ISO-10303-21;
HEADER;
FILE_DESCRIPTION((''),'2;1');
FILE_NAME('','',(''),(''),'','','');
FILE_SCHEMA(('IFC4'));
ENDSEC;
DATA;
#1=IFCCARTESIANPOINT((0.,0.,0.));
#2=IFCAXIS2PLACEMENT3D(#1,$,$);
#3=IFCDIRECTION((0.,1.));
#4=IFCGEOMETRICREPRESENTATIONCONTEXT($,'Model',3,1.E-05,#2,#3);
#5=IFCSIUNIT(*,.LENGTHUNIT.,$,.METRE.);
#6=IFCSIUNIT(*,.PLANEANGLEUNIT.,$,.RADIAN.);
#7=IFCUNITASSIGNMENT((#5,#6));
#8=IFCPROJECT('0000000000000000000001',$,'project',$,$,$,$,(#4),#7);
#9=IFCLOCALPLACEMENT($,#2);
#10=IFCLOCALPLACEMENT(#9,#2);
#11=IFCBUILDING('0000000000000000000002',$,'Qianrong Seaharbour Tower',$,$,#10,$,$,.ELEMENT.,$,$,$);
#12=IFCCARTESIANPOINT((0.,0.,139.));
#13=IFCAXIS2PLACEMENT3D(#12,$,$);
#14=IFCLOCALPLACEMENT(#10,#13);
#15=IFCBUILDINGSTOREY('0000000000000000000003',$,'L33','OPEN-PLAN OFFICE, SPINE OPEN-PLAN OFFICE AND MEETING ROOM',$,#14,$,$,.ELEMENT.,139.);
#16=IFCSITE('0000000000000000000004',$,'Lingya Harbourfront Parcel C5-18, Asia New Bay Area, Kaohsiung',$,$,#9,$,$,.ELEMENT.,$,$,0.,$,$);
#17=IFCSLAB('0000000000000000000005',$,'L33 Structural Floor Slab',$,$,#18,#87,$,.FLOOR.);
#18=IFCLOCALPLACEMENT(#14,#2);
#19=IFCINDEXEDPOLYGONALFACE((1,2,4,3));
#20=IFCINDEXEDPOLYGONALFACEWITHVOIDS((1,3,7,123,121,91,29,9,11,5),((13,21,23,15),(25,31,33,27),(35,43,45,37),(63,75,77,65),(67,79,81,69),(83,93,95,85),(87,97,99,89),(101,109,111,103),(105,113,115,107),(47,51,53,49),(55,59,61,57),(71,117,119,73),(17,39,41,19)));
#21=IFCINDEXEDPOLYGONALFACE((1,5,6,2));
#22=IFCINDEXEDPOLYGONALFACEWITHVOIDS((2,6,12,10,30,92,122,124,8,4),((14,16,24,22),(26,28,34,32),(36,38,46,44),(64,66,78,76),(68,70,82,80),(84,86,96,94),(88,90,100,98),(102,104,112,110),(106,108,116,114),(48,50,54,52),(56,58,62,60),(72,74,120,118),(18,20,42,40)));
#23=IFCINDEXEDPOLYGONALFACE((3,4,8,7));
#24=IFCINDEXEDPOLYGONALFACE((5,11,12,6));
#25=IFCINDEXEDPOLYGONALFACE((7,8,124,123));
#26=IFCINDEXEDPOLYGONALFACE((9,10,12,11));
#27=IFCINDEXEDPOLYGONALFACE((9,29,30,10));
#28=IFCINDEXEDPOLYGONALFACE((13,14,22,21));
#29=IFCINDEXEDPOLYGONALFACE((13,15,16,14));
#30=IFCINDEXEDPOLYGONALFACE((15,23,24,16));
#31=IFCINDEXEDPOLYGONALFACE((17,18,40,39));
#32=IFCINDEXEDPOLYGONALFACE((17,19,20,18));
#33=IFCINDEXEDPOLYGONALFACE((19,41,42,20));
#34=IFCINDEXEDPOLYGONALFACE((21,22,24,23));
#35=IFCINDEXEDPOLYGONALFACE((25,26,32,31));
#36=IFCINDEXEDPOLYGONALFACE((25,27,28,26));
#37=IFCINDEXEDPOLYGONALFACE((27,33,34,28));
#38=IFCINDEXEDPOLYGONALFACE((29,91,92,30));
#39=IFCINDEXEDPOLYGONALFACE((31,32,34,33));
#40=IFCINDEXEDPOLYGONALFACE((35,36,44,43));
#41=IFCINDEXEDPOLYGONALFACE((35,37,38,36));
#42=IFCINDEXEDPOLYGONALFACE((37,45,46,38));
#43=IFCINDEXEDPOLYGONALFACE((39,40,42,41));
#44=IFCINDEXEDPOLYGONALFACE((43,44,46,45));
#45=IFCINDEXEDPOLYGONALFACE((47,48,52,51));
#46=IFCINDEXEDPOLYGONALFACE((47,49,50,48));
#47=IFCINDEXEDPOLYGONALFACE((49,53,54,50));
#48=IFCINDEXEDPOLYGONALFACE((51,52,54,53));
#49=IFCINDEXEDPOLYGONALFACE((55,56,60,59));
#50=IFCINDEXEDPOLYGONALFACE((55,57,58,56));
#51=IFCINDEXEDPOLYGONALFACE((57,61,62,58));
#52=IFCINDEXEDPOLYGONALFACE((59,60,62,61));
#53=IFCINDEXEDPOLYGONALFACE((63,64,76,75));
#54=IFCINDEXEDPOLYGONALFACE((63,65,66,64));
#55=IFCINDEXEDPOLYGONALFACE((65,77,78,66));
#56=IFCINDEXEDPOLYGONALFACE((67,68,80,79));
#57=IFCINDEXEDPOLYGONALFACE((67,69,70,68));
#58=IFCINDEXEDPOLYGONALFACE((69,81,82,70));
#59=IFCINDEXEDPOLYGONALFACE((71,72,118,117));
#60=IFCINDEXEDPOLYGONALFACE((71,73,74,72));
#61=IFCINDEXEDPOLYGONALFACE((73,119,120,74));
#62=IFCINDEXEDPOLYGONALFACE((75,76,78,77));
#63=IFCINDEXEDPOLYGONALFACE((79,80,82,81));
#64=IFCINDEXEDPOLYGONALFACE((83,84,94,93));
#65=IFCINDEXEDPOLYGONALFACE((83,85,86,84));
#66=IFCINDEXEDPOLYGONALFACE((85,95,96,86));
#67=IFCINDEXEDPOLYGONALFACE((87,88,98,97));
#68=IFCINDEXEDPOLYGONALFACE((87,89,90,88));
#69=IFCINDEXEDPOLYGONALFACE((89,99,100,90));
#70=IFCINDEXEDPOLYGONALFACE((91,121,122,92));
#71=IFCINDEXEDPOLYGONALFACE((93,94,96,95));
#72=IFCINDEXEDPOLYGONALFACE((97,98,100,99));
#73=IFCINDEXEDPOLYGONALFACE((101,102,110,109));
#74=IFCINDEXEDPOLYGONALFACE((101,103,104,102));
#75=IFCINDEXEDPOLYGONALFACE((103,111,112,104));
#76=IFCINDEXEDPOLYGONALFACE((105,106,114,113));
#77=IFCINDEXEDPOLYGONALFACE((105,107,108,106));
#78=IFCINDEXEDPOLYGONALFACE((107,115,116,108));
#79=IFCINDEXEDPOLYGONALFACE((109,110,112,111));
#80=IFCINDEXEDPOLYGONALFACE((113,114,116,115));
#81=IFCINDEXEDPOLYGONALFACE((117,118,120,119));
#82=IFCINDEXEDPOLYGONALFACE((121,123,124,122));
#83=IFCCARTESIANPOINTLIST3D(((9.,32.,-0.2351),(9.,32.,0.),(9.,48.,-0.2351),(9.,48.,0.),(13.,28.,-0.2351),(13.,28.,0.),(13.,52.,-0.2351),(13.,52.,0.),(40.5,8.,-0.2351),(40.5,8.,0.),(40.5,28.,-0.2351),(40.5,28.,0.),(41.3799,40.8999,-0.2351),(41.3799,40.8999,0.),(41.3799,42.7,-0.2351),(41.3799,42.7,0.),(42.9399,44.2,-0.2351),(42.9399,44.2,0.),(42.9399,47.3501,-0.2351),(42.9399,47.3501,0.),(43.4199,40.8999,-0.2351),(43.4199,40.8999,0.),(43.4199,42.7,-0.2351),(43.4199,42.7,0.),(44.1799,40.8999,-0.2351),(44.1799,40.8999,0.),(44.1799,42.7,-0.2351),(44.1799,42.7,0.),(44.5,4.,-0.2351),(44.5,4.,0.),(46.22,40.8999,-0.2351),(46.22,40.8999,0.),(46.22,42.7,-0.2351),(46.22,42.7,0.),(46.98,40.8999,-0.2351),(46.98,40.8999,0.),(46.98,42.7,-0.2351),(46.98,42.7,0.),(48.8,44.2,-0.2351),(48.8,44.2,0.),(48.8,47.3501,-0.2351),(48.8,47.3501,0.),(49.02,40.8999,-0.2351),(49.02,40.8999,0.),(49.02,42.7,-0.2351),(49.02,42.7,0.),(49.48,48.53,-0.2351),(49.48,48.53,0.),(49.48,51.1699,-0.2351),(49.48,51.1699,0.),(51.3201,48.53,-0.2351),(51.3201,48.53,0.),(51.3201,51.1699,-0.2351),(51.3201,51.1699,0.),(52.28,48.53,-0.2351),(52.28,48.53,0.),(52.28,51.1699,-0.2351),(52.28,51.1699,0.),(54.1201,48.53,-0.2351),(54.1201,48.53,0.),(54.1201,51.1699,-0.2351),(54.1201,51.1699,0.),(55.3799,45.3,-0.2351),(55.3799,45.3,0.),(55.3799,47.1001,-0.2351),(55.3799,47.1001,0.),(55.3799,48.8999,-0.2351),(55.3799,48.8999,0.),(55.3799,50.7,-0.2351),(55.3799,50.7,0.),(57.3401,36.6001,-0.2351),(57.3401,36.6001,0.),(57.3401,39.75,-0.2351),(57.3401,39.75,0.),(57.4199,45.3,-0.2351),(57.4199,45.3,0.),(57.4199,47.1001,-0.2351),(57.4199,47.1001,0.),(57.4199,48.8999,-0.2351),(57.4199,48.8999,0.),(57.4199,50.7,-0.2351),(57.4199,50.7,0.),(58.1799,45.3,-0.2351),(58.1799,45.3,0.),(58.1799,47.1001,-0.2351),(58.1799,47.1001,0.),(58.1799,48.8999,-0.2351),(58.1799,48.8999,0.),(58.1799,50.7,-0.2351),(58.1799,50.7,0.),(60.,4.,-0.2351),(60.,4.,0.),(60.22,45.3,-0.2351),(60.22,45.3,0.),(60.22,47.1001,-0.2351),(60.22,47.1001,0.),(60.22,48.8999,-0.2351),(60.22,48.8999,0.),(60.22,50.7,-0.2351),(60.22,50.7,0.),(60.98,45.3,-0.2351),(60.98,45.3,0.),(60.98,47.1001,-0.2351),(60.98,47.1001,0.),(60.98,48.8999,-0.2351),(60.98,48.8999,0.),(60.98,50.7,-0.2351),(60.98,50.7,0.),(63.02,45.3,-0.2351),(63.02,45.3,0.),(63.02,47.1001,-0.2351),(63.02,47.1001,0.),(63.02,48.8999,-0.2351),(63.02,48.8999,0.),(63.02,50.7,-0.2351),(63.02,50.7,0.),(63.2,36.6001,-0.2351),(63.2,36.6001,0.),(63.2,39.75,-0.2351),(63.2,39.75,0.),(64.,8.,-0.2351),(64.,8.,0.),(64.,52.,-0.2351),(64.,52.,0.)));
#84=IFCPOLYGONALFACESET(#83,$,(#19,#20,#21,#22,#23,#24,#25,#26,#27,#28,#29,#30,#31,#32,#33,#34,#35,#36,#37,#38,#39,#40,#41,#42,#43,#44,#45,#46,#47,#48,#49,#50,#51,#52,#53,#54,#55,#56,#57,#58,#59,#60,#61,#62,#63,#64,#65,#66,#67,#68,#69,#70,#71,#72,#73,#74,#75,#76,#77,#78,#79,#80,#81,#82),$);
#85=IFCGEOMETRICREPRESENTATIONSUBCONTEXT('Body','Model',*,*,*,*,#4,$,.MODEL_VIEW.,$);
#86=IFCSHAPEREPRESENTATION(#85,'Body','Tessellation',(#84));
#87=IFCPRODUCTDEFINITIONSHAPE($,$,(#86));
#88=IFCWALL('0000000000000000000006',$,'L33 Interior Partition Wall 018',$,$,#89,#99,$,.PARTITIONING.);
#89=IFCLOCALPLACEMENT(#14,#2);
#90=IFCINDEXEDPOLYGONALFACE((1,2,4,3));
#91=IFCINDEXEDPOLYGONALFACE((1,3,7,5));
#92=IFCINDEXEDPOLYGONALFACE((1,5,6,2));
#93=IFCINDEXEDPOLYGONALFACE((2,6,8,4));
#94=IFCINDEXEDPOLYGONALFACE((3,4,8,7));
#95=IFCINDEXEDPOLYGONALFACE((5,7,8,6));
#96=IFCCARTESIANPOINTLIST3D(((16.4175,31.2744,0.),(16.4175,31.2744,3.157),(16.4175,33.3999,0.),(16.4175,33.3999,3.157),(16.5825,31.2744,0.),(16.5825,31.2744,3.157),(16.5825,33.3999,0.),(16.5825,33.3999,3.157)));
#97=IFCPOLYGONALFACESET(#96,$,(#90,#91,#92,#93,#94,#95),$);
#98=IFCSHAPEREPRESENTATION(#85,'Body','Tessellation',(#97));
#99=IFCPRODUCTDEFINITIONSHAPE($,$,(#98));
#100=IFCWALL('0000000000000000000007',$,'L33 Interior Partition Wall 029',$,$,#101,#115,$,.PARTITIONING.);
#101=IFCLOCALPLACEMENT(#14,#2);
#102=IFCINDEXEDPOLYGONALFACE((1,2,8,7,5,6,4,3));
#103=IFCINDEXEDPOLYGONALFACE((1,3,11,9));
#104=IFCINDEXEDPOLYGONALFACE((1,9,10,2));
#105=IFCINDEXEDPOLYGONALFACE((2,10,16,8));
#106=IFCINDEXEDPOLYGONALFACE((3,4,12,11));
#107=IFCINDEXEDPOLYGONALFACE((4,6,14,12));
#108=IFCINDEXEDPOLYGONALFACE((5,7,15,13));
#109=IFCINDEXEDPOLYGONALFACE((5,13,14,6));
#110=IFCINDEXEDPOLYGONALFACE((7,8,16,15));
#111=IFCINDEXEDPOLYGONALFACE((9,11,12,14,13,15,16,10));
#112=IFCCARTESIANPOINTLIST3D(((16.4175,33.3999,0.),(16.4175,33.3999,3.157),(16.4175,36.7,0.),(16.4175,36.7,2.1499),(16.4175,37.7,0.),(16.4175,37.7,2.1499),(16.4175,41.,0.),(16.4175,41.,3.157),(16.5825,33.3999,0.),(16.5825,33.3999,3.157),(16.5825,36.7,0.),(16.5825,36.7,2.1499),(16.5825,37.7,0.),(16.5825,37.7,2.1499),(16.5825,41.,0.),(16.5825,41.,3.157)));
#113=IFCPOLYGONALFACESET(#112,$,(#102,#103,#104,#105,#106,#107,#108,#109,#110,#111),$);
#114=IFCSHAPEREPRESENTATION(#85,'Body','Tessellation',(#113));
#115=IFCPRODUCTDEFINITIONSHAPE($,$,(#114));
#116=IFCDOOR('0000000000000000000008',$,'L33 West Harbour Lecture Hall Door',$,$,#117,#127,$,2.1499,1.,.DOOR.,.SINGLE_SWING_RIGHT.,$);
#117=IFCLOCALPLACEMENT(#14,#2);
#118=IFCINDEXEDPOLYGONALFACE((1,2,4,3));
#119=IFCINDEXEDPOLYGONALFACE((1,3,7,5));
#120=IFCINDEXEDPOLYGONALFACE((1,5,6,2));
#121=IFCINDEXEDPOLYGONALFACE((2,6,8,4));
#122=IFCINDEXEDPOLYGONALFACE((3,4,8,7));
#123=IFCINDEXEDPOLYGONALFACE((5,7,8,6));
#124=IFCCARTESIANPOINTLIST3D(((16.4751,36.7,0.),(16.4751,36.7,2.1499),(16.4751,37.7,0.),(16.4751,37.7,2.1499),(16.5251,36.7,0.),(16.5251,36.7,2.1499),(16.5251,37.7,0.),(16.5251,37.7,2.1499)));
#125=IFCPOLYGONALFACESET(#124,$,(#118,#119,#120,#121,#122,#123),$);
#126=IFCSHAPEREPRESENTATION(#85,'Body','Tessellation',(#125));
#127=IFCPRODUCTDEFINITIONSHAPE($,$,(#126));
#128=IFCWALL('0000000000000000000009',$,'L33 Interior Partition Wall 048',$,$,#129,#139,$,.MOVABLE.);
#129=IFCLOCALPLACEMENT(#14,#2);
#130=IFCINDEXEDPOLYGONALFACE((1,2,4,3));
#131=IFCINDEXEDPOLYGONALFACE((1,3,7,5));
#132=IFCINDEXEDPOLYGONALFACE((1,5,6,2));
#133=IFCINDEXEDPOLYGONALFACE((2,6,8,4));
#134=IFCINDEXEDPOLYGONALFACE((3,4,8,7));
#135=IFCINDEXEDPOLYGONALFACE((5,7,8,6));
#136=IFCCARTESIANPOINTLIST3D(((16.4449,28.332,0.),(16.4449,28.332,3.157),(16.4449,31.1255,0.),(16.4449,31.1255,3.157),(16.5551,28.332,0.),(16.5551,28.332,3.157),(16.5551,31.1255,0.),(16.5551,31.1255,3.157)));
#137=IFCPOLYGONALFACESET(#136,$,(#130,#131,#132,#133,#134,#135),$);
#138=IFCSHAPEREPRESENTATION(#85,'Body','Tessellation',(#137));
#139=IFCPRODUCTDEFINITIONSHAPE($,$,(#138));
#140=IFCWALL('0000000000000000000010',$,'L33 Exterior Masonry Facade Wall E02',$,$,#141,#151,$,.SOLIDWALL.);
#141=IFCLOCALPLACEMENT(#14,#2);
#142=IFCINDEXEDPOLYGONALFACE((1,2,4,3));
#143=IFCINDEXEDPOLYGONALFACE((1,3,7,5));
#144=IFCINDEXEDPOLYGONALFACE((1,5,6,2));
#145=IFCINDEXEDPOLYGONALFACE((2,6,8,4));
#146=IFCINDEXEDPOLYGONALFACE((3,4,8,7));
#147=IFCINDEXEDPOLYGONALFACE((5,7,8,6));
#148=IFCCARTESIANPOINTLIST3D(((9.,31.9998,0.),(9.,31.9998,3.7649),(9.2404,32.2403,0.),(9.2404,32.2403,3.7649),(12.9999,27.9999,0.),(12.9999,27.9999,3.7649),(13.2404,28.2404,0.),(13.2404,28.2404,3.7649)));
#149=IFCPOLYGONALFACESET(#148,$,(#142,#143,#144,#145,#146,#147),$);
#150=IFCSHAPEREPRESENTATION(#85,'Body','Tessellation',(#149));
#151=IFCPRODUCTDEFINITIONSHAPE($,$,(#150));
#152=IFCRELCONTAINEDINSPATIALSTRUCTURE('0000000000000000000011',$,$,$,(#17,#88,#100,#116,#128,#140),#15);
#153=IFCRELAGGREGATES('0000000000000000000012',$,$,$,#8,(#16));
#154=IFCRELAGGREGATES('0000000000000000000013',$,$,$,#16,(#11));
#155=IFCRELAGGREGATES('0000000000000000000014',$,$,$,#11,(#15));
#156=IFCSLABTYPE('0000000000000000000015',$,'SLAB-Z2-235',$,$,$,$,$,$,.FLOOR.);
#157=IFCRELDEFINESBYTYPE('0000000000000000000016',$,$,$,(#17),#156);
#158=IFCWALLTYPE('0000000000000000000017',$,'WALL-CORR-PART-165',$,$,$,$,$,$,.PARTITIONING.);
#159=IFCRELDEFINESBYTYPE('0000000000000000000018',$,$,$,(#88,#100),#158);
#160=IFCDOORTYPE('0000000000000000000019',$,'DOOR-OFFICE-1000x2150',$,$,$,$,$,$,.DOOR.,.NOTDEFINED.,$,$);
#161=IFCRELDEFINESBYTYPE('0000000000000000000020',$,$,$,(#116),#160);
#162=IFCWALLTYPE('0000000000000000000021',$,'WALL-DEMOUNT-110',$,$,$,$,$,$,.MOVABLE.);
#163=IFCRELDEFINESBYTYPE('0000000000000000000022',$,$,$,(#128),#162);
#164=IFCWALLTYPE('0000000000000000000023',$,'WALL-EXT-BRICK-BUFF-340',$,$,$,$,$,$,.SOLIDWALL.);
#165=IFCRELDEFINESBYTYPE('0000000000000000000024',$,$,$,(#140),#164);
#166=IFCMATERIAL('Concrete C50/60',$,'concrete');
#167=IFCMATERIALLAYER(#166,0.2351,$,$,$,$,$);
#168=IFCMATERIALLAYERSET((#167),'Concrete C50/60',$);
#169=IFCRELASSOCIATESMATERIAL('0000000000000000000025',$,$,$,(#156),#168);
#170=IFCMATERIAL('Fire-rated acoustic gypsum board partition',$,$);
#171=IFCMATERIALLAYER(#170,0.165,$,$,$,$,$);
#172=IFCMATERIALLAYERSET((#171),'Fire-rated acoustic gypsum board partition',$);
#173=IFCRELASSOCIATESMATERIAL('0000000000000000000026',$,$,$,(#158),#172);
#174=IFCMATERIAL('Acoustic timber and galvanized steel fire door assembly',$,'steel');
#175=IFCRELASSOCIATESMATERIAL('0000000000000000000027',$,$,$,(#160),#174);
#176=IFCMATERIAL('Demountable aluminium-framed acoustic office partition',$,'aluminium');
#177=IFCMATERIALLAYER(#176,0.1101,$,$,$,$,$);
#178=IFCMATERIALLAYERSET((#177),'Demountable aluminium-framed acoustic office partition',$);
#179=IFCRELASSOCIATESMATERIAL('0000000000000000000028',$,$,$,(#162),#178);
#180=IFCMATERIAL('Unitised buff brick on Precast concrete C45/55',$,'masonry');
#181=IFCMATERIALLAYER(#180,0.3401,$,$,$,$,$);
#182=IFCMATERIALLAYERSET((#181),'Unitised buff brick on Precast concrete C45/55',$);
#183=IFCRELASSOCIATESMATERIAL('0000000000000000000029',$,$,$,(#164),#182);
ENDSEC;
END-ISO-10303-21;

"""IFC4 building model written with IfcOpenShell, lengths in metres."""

from ifc_helpers import new_model, si_unit, direction, frame, frame_2d, origin, place, context, subcontext, project, spatial, polyline, rectangle, outline, extrude, material, layer, layer_set, type_object, element, fill, save


model = new_model("IFC4")

# Units and contexts
model_context = context("Model", 3, precision=1e-05, world=origin(), true_north=direction((0.0, 1.0)))
body_context = subcontext(model_context, "Body", "Model", "MODEL_VIEW")
ifc_project = project(units=[si_unit("LENGTHUNIT", "METRE"), si_unit("PLANEANGLEUNIT", "RADIAN")], contexts=[model_context])

# Site, building, storey
site_placement = place(None, origin())
site = spatial("IfcSite", under=ifc_project, at=site_placement, Name="Lingya Harbourfront Parcel C5-18, Asia New Bay Area, Kaohsiung", CompositionType="ELEMENT", RefElevation=0.0)
building_placement = place(site_placement, origin())
building = spatial("IfcBuilding", under=site, at=building_placement, Name="Qianrong Seaharbour Tower", CompositionType="ELEMENT")
storey_placement = place(building_placement, frame((0.0, 0.0, 139.0)))
storey = spatial("IfcBuildingStorey", under=building, at=storey_placement, Name="L33", Description="OPEN-PLAN OFFICE, SPINE OPEN-PLAN OFFICE AND MEETING ROOM", CompositionType="ELEMENT", Elevation=139.0)

# Shared definitions
ifc_material_1 = material(Name="Concrete C50/60", Category="concrete")

# Slab
ifc_layer_1 = layer(ifc_material_1, 0.2351)
ifc_layer_set_1 = layer_set([ifc_layer_1], Name="Concrete C50/60")
slab_type_1 = type_object("IfcSlabType", Name="SLAB-Z2-235", PredefinedType="FLOOR", material=ifc_layer_set_1)
slab_1_placement = place(storey_placement, frame((0.0, 0.0, -0.2351)))
element("IfcSlab", 1, at=slab_1_placement, inside=storey, type_object=slab_type_1, Name="L33 Structural Floor Slab", PredefinedType="FLOOR", context=body_context, shape_type="SweptSolid", body=[
    extrude(outline(polyline([(44.5, 4.0), (60.0, 4.0), (64.0, 8.0), (64.0, 52.0), (13.0, 52.0), (9.0, 48.0), (9.0, 32.0), (13.0, 28.0), (40.5, 28.0), (40.5, 8.0), (44.5, 4.0)]), holes=[polyline([(42.9399, 44.2), (42.9399, 47.3501), (48.8, 47.3501), (48.8, 44.2), (42.9399, 44.2)]), polyline([(57.3401, 36.6001), (57.3401, 39.75), (63.2, 39.75), (63.2, 36.6001), (57.3401, 36.6001)]), polyline([(49.48, 48.53), (49.48, 51.1699), (51.3201, 51.1699), (51.3201, 48.53), (49.48, 48.53)]), polyline([(52.28, 48.53), (52.28, 51.1699), (54.1201, 51.1699), (54.1201, 48.53), (52.28, 48.53)]), polyline([(41.3799, 40.8999), (41.3799, 42.7), (43.4199, 42.7), (43.4199, 40.8999), (41.3799, 40.8999)]), polyline([(44.1799, 40.8999), (44.1799, 42.7), (46.22, 42.7), (46.22, 40.8999), (44.1799, 40.8999)]), polyline([(46.98, 40.8999), (46.98, 42.7), (49.02, 42.7), (49.02, 40.8999), (46.98, 40.8999)]), polyline([(55.3799, 45.3), (55.3799, 47.1001), (57.4199, 47.1001), (57.4199, 45.3), (55.3799, 45.3)]), polyline([(58.1799, 45.3), (58.1799, 47.1001), (60.22, 47.1001), (60.22, 45.3), (58.1799, 45.3)]), polyline([(60.98, 45.3), (60.98, 47.1001), (63.02, 47.1001), (63.02, 45.3), (60.98, 45.3)]), polyline([(55.3799, 48.8999), (55.3799, 50.7), (57.4199, 50.7), (57.4199, 48.8999), (55.3799, 48.8999)]), polyline([(58.1799, 48.8999), (58.1799, 50.7), (60.22, 50.7), (60.22, 48.8999), (58.1799, 48.8999)]), polyline([(60.98, 48.8999), (60.98, 50.7), (63.02, 50.7), (63.02, 48.8999), (60.98, 48.8999)])]), origin(), (0.0, 0.0, 1.0), 0.2351),
])

# Wall
ifc_material_2 = material(Name="Fire-rated acoustic gypsum board partition")
ifc_layer_2 = layer(ifc_material_2, 0.165)
ifc_layer_set_2 = layer_set([ifc_layer_2], Name="Fire-rated acoustic gypsum board partition")
wall_type_1 = type_object("IfcWallType", Name="WALL-CORR-PART-165", PredefinedType="PARTITIONING", material=ifc_layer_set_2)
wall_1_placement = place(storey_placement, frame((16.5, 31.2744, 0.0), z_axis=(0.0, 0.0, 1.0), x_axis=(0.0, 1.0, 0.0)))
element("IfcWall", 2, at=wall_1_placement, inside=storey, type_object=wall_type_1, Name="L33 Interior Partition Wall 018", PredefinedType="PARTITIONING", context=body_context, shape_type="SweptSolid", body=[
    extrude(rectangle(XDim=2.1255, YDim=0.165, at=frame_2d((1.0627, 0.0))), origin(), (0.0, 0.0, 1.0), 3.157),
])

# Wall, opening, door
wall_2_placement = place(storey_placement, frame((16.5, 33.3999, 0.0), z_axis=(0.0, 0.0, 1.0), x_axis=(0.0, 1.0, 0.0)))
wall_2 = element("IfcWall", 3, at=wall_2_placement, inside=storey, type_object=wall_type_1, Name="L33 Interior Partition Wall 029", PredefinedType="PARTITIONING", context=body_context, shape_type="SweptSolid", body=[
    extrude(rectangle(XDim=7.6001, YDim=0.165, at=frame_2d((3.8, 0.0))), origin(), (0.0, 0.0, 1.0), 3.157),
])
opening_1_placement = place(wall_2_placement, frame((3.3, 0.0, 0.0)))
opening_1 = element("IfcOpeningElement", 4, at=opening_1_placement, cuts=wall_2, PredefinedType="OPENING", context=body_context, shape_type="SweptSolid", body=[
    extrude(rectangle(XDim=1.0, YDim=2.1499, at=frame_2d((0.5, 1.075))), frame((0.0, 0.0925, 0.0), z_axis=(0.0, -1.0, 0.0), x_axis=(1.0, 0.0, 0.0)), (0.0, 0.0, 1.0), 0.1851),
])
ifc_material_3 = material(Name="Acoustic timber and galvanized steel fire door assembly", Category="steel")
door_type = type_object("IfcDoorType", Name="DOOR-OFFICE-1000x2150", OperationType="NOTDEFINED", PredefinedType="DOOR", material=ifc_material_3)
door_placement = place(opening_1_placement, origin())
door = element("IfcDoor", 5, at=door_placement, inside=storey, type_object=door_type, Name="L33 West Harbour Lecture Hall Door", OperationType="SINGLE_SWING_RIGHT", OverallHeight=2.1499, OverallWidth=1.0, PredefinedType="DOOR", context=body_context, shape_type="SweptSolid", body=[
    extrude(rectangle(XDim=1.0, YDim=2.1499, at=frame_2d((0.5, 1.075))), frame((0.0, 0.0249, 0.0), z_axis=(0.0, -1.0, 0.0), x_axis=(1.0, 0.0, 0.0)), (0.0, 0.0, 1.0), 0.05),
])
fill(opening_1, door)

# Walls
ifc_material_4 = material(Name="Demountable aluminium-framed acoustic office partition", Category="aluminium")
ifc_layer_3 = layer(ifc_material_4, 0.1101)
ifc_layer_set_3 = layer_set([ifc_layer_3], Name="Demountable aluminium-framed acoustic office partition")
wall_type_2 = type_object("IfcWallType", Name="WALL-DEMOUNT-110", PredefinedType="MOVABLE", material=ifc_layer_set_3)
wall_3_placement = place(storey_placement, frame((16.5, 31.1255, 0.0), z_axis=(0.0, 0.0, 1.0), x_axis=(0.0, -1.0, 0.0)))
element("IfcWall", 6, at=wall_3_placement, inside=storey, type_object=wall_type_2, Name="L33 Interior Partition Wall 048", PredefinedType="MOVABLE", context=body_context, shape_type="SweptSolid", body=[
    extrude(rectangle(XDim=2.7935, YDim=0.1101, at=frame_2d((1.3967, 0.0))), origin(), (0.0, 0.0, 1.0), 3.157),
])
ifc_material_5 = material(Name="Unitised buff brick on Precast concrete C45/55", Category="masonry")
ifc_layer_4 = layer(ifc_material_5, 0.3401)
ifc_layer_set_4 = layer_set([ifc_layer_4], Name="Unitised buff brick on Precast concrete C45/55")
wall_type_3 = type_object("IfcWallType", Name="WALL-EXT-BRICK-BUFF-340", PredefinedType="SOLIDWALL", material=ifc_layer_set_4)
wall_4_placement = place(storey_placement, frame((13.1201, 28.1201, 0.0), z_axis=(0.0, 0.0, 1.0), x_axis=(-0.707107, 0.707107, 0.0)))
element("IfcWall", 7, at=wall_4_placement, inside=storey, type_object=wall_type_3, Name="L33 Exterior Masonry Facade Wall E02", PredefinedType="SOLIDWALL", context=body_context, shape_type="SweptSolid", body=[
    extrude(rectangle(XDim=5.6567, YDim=0.3401, at=frame_2d((2.8284, 0.0))), origin(), (0.0, 0.0, 1.0), 3.7649),
])

save(model, "model.ifc")
